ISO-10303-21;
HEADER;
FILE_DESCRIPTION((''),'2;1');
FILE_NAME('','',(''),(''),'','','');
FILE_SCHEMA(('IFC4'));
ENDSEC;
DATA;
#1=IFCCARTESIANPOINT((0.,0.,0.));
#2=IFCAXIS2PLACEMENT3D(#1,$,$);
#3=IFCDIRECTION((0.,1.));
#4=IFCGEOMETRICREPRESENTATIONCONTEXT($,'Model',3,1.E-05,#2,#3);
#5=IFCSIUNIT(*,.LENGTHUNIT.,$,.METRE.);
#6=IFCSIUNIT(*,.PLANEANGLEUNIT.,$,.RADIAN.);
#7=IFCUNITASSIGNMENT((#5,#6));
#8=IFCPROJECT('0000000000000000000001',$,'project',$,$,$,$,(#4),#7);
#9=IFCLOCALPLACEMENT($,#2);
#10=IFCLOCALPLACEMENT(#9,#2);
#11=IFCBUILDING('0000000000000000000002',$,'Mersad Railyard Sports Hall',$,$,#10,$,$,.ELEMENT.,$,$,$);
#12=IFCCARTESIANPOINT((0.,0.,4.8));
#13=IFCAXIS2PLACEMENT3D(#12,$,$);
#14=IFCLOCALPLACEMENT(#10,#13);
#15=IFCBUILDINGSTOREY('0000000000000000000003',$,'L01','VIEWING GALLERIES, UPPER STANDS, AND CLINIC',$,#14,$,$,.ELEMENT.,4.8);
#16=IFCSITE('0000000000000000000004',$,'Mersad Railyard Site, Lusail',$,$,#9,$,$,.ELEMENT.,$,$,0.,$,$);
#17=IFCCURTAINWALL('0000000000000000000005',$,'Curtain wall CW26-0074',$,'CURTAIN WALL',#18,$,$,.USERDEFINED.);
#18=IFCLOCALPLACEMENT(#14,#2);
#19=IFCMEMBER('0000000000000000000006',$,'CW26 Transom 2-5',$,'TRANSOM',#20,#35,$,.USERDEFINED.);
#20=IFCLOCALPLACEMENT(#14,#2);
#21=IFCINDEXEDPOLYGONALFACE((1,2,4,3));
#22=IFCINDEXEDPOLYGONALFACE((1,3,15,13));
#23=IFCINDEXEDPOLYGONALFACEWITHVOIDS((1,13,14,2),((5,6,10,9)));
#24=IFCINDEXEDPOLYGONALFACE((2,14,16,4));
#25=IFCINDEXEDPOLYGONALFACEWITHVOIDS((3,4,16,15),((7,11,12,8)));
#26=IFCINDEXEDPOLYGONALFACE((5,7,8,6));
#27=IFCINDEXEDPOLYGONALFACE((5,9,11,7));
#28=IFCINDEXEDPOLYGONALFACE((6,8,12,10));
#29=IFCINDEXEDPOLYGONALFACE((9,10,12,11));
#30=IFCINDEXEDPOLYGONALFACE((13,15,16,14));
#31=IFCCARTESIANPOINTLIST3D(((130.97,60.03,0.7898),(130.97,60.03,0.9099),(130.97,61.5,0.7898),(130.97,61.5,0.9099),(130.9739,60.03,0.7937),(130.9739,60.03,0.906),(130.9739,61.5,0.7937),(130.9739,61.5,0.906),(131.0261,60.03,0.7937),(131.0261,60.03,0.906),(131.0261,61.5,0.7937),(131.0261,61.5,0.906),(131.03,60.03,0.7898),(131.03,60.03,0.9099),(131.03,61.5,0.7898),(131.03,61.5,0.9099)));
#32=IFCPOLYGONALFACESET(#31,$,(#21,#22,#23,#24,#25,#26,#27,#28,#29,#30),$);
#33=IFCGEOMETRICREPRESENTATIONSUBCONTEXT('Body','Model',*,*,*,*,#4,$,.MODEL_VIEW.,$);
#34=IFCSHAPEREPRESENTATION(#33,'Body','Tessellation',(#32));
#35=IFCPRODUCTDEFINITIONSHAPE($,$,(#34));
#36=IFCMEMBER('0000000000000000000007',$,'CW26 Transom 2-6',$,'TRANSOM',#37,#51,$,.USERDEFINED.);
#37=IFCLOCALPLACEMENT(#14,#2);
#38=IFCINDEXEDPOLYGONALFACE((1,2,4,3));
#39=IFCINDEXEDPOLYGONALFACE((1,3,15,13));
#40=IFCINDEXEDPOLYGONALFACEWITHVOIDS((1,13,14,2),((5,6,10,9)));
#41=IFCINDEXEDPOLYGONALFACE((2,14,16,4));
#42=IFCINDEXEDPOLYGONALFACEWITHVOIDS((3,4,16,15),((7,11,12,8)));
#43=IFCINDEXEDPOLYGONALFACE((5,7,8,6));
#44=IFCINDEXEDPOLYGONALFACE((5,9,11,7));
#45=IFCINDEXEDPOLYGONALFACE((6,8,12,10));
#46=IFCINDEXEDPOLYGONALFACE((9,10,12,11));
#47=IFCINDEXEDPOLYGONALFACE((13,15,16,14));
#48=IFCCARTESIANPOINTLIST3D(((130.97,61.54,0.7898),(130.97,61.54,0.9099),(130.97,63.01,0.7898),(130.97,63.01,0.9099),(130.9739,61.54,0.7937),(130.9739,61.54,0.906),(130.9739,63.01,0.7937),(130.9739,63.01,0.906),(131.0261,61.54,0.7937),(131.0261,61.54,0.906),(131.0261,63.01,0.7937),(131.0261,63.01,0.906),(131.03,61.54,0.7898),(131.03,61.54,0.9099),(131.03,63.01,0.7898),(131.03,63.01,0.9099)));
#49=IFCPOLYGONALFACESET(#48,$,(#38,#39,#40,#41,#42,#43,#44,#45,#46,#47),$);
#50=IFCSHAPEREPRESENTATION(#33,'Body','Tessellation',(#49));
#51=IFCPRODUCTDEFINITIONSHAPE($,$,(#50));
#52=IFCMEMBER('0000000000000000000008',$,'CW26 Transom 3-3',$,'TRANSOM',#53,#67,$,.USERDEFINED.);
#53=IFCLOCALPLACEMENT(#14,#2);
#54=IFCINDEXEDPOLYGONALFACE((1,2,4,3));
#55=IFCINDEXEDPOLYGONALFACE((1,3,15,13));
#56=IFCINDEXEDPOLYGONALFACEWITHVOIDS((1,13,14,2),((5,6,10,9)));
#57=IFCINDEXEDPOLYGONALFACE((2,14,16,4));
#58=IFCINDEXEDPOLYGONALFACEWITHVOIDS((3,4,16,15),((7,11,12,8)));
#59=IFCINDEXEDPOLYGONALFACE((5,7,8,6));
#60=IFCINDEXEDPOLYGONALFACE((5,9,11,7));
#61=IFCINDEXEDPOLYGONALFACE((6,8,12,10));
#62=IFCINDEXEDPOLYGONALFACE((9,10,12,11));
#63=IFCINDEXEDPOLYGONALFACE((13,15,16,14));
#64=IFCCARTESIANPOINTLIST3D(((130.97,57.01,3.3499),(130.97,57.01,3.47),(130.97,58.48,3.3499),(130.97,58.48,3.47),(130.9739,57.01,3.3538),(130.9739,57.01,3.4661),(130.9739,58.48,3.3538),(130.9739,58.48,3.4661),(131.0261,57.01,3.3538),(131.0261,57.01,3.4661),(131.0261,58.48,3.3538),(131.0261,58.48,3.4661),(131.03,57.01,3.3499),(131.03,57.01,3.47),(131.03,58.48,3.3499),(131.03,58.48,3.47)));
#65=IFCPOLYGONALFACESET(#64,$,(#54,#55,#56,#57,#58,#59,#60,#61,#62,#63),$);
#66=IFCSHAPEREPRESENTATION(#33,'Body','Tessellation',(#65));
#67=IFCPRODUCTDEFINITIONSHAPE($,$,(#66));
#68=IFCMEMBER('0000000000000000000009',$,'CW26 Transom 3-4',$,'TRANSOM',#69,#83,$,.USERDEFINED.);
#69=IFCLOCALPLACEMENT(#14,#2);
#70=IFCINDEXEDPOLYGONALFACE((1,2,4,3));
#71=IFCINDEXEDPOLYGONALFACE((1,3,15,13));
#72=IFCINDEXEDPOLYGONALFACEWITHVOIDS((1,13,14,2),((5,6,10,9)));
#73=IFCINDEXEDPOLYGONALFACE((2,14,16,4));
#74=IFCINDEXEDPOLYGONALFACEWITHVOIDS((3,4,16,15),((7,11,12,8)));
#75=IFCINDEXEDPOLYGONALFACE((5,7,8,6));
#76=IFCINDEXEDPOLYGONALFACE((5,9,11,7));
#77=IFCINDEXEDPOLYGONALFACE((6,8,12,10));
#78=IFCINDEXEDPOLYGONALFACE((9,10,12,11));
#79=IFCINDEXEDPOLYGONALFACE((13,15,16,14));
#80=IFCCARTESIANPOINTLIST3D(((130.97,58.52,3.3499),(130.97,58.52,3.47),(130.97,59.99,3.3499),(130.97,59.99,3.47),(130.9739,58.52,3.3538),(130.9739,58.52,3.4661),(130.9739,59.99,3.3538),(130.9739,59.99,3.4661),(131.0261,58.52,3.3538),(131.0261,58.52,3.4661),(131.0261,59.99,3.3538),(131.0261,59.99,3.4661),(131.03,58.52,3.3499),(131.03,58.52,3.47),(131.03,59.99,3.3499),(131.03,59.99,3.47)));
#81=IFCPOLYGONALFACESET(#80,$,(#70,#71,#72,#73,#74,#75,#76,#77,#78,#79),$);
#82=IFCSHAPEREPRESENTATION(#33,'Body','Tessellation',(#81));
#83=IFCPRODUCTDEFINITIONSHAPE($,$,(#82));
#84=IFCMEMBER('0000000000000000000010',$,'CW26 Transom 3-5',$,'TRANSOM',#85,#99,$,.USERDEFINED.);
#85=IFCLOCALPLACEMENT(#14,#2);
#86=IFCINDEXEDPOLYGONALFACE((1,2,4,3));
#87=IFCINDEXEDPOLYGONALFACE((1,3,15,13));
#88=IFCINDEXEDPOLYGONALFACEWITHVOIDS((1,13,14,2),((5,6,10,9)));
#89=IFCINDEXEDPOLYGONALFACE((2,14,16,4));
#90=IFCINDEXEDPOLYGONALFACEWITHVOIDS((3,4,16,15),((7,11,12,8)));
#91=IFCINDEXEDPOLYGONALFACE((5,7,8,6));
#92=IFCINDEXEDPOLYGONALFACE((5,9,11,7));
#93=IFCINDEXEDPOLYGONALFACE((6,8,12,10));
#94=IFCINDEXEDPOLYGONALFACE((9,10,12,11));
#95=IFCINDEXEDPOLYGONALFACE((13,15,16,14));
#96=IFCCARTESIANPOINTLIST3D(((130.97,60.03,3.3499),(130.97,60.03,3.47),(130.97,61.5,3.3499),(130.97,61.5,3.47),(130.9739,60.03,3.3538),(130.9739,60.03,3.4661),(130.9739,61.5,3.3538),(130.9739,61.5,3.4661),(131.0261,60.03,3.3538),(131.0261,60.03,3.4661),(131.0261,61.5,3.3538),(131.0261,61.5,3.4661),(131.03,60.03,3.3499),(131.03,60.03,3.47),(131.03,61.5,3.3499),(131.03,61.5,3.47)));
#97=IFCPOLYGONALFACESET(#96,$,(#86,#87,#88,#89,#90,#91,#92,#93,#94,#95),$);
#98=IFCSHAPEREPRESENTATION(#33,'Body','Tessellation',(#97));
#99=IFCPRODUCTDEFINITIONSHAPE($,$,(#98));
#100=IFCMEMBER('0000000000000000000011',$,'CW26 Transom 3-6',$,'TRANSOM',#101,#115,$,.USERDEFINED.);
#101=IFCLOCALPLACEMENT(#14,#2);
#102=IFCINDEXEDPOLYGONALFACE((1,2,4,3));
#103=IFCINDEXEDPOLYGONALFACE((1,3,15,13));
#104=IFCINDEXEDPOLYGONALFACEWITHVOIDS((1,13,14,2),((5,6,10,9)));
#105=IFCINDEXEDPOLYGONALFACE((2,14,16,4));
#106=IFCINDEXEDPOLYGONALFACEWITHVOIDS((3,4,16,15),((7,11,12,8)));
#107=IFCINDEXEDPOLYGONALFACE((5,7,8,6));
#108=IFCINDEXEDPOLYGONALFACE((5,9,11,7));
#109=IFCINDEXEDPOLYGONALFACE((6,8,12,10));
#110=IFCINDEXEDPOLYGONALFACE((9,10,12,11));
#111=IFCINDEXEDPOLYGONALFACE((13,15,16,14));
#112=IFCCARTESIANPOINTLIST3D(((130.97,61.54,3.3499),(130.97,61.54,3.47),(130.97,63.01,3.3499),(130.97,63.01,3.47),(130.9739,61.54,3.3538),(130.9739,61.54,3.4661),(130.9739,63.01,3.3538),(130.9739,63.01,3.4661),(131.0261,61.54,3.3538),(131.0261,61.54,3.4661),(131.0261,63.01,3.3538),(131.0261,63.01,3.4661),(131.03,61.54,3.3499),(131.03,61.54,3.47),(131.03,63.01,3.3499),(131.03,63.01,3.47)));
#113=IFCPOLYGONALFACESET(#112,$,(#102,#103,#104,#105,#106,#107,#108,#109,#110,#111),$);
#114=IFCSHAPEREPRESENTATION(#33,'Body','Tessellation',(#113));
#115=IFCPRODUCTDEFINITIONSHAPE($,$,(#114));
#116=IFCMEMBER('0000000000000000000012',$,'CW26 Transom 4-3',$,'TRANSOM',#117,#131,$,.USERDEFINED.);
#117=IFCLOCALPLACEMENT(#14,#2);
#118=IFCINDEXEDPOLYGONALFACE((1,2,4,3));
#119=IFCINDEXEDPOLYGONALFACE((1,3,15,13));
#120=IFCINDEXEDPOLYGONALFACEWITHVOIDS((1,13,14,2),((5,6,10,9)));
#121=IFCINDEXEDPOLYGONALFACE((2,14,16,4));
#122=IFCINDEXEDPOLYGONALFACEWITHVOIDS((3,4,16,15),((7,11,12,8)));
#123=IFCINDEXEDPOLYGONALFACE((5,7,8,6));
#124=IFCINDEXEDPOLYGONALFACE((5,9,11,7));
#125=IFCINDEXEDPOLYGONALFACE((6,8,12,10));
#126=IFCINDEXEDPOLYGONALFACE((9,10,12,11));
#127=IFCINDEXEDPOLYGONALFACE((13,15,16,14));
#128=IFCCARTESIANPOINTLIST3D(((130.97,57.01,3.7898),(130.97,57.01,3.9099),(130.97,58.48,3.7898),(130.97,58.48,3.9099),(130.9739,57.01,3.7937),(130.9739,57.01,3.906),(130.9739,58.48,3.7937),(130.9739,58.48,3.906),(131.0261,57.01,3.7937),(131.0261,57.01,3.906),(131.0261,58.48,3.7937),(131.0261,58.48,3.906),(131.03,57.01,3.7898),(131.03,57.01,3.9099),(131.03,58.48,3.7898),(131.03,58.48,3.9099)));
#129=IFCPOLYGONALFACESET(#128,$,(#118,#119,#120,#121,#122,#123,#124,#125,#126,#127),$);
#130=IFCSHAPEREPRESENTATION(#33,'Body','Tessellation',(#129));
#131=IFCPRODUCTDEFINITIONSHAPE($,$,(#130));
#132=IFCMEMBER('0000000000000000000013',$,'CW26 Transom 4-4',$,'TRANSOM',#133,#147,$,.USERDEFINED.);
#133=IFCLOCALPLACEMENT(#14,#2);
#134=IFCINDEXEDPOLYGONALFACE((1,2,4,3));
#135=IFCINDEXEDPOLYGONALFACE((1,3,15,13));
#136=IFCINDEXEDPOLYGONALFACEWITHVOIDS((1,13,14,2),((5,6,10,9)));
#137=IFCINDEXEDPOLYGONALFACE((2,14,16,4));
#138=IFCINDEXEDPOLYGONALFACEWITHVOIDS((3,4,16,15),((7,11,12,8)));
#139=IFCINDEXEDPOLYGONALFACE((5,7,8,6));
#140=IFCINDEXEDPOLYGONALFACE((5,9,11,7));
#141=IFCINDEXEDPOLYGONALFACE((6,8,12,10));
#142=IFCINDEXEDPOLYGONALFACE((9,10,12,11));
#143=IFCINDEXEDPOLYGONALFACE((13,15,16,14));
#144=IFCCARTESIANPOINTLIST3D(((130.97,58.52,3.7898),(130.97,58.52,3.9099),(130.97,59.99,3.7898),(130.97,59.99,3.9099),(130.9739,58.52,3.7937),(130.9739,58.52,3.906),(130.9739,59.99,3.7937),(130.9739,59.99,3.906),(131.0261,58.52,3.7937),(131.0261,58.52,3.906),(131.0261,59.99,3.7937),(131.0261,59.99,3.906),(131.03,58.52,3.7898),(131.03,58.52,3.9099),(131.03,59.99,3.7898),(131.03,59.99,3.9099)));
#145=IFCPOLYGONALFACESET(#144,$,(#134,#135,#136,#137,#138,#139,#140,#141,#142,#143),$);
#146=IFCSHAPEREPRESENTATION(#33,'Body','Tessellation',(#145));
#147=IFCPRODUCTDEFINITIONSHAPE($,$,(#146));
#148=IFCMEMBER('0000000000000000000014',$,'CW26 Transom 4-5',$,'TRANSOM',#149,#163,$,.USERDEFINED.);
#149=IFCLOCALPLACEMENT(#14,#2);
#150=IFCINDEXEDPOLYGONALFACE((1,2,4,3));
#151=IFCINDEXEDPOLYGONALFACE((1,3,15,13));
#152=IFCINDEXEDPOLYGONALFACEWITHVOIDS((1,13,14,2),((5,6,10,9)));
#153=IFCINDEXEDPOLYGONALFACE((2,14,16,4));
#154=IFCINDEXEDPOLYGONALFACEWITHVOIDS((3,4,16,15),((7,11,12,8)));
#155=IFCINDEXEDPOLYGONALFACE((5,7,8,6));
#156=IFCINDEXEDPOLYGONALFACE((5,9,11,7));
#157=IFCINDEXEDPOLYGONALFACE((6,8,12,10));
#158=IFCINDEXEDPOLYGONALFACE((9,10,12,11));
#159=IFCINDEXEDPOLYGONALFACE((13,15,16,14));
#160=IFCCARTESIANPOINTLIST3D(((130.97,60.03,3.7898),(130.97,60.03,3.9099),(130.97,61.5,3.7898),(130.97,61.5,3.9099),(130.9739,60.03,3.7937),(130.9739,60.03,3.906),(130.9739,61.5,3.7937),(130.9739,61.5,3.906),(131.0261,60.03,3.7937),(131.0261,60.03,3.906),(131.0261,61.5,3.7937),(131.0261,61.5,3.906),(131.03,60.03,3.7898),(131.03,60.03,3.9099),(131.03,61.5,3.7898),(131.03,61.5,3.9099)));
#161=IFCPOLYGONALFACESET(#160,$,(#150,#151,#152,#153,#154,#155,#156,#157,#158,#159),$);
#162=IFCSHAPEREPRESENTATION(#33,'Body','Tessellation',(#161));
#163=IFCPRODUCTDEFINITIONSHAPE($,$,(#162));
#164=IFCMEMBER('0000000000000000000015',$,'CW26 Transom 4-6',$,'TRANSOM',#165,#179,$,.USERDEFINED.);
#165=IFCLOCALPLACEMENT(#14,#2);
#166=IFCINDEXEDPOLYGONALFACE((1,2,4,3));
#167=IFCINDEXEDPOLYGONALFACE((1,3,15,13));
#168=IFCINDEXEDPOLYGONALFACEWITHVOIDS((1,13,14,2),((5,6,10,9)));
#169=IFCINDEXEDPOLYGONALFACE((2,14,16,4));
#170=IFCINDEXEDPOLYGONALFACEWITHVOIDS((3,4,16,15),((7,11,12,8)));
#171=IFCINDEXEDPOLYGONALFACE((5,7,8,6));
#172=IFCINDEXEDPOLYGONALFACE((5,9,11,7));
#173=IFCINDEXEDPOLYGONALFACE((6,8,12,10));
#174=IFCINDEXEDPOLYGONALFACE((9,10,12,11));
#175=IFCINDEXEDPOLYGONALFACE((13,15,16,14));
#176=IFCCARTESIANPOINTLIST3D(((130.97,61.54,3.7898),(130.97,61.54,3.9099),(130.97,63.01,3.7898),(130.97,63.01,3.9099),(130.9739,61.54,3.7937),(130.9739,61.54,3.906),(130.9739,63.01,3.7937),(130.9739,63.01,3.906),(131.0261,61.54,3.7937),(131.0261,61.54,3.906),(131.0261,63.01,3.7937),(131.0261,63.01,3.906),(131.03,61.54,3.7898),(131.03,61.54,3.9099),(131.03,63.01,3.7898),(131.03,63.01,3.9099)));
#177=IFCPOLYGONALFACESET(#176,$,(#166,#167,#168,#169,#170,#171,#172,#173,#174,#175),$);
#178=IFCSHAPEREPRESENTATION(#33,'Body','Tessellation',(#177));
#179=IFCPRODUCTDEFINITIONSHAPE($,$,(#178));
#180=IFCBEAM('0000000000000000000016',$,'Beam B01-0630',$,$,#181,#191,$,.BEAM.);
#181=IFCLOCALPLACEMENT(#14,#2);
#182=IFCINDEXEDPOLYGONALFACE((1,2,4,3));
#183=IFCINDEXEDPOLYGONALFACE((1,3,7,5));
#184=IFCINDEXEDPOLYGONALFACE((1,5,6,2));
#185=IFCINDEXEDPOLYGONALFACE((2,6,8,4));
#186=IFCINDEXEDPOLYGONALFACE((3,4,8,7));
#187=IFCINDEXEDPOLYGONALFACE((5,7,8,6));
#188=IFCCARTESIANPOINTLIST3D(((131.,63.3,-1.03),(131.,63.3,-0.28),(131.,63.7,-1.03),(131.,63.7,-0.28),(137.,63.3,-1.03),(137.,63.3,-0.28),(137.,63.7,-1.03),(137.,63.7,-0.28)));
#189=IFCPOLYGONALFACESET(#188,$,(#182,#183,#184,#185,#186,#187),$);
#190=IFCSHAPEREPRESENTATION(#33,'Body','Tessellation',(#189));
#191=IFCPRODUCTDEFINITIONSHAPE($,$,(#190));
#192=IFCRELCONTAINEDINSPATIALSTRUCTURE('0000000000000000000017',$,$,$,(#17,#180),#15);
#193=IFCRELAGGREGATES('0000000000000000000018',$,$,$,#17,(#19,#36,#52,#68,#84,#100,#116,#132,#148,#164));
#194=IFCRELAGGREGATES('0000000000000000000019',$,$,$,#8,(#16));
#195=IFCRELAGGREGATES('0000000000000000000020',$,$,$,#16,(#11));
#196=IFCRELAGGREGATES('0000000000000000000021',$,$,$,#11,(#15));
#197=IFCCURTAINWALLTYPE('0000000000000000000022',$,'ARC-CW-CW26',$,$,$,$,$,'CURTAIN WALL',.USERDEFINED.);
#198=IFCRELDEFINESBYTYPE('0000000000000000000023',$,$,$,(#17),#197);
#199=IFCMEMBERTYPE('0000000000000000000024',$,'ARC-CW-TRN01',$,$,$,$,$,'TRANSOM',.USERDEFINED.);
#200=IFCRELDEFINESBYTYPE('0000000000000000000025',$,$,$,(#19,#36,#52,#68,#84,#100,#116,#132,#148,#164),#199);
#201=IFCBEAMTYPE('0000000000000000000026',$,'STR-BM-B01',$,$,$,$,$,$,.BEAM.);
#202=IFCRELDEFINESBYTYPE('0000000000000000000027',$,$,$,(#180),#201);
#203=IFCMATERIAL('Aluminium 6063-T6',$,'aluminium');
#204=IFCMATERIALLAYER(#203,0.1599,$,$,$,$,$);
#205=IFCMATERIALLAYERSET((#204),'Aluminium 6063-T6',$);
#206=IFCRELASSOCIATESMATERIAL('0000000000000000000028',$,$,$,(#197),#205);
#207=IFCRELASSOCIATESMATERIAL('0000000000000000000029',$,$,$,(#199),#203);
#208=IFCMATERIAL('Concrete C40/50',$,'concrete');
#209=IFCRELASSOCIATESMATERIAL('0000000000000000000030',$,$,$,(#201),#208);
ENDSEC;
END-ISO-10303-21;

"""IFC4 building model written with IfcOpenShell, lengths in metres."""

from ifc_helpers import new_model, si_unit, direction, frame, origin, origin_2d, place, context, subcontext, project, spatial, rectangle, hollow_rectangle, extrude, material, layer, layer_set, material_profile, profile_set, type_object, element, aggregate, save


model = new_model("IFC4")

# Units and contexts
model_context = context("Model", 3, precision=1e-05, world=origin(), true_north=direction((0.0, 1.0)))
body_context = subcontext(model_context, "Body", "Model", "MODEL_VIEW")
ifc_project = project(units=[si_unit("LENGTHUNIT", "METRE"), si_unit("PLANEANGLEUNIT", "RADIAN")], contexts=[model_context])

# Site, building, storey
site_placement = place(None, origin())
site = spatial("IfcSite", under=ifc_project, at=site_placement, Name="Mersad Railyard Site, Lusail", CompositionType="ELEMENT", RefElevation=0.0)
building_placement = place(site_placement, origin())
building = spatial("IfcBuilding", under=site, at=building_placement, Name="Mersad Railyard Sports Hall", CompositionType="ELEMENT")
storey_placement = place(building_placement, frame((0.0, 0.0, 4.8)))
storey = spatial("IfcBuildingStorey", under=building, at=storey_placement, Name="L01", Description="VIEWING GALLERIES, UPPER STANDS, AND CLINIC", CompositionType="ELEMENT", Elevation=4.8)

# Curtain wall
ifc_material_1 = material(Name="Aluminium 6063-T6", Category="aluminium")
ifc_layer_1 = layer(ifc_material_1, 0.1599)
ifc_layer_set_1 = layer_set([ifc_layer_1], Name="Aluminium 6063-T6")
curtain_wall_type_1 = type_object("IfcCurtainWallType", Name="ARC-CW-CW26", ElementType="CURTAIN WALL", PredefinedType="USERDEFINED", material=ifc_layer_set_1)
curtain_wall_1_placement = place(storey_placement, origin())
curtain_wall_1 = element("IfcCurtainWall", 1, at=curtain_wall_1_placement, inside=storey, type_object=curtain_wall_type_1, Name="Curtain wall CW26-0074", ObjectType="CURTAIN WALL", PredefinedType="USERDEFINED")

# Members
ifc_material_profile_1 = material_profile(ifc_material_1, hollow_rectangle(XDim=0.0601, YDim=0.1201, WallThickness=0.0039, at=origin_2d()), Name="AL TRANSOM 60x120x4")
ifc_profile_set_1 = profile_set([ifc_material_profile_1], Name="Aluminium 6063-T6")
member_type_1 = type_object("IfcMemberType", Name="ARC-CW-TRN01", ElementType="TRANSOM", PredefinedType="USERDEFINED", material=ifc_profile_set_1)
member_1_placement = place(storey_placement, frame((131.0, 60.03, 0.8499), z_axis=(0.0, 1.0, 0.0), x_axis=(-1.0, 0.0, 0.0)))
member_1 = element("IfcMember", 2, at=member_1_placement, type_object=member_type_1, Name="CW26 Transom 2-5", ObjectType="TRANSOM", PredefinedType="USERDEFINED", context=body_context, shape_type="SweptSolid", body=[
    extrude(hollow_rectangle(XDim=0.0601, YDim=0.1201, WallThickness=0.0039, at=origin_2d()), origin(), (0.0, 0.0, 1.0), 1.47),
])
member_2_placement = place(storey_placement, frame((131.0, 61.54, 0.8499), z_axis=(0.0, 1.0, 0.0), x_axis=(-1.0, 0.0, 0.0)))
member_2 = element("IfcMember", 3, at=member_2_placement, type_object=member_type_1, Name="CW26 Transom 2-6", ObjectType="TRANSOM", PredefinedType="USERDEFINED", context=body_context, shape_type="SweptSolid", body=[
    extrude(hollow_rectangle(XDim=0.0601, YDim=0.1201, WallThickness=0.0039, at=origin_2d()), origin(), (0.0, 0.0, 1.0), 1.47),
])
member_3_placement = place(storey_placement, frame((131.0, 57.01, 3.4099), z_axis=(0.0, 1.0, 0.0), x_axis=(-1.0, 0.0, 0.0)))
member_3 = element("IfcMember", 4, at=member_3_placement, type_object=member_type_1, Name="CW26 Transom 3-3", ObjectType="TRANSOM", PredefinedType="USERDEFINED", context=body_context, shape_type="SweptSolid", body=[
    extrude(hollow_rectangle(XDim=0.0601, YDim=0.1201, WallThickness=0.0039, at=origin_2d()), origin(), (0.0, 0.0, 1.0), 1.47),
])
member_4_placement = place(storey_placement, frame((131.0, 58.52, 3.4099), z_axis=(0.0, 1.0, 0.0), x_axis=(-1.0, 0.0, 0.0)))
member_4 = element("IfcMember", 5, at=member_4_placement, type_object=member_type_1, Name="CW26 Transom 3-4", ObjectType="TRANSOM", PredefinedType="USERDEFINED", context=body_context, shape_type="SweptSolid", body=[
    extrude(hollow_rectangle(XDim=0.0601, YDim=0.1201, WallThickness=0.0039, at=origin_2d()), origin(), (0.0, 0.0, 1.0), 1.47),
])
member_5_placement = place(storey_placement, frame((131.0, 60.03, 3.4099), z_axis=(0.0, 1.0, 0.0), x_axis=(-1.0, 0.0, 0.0)))
member_5 = element("IfcMember", 6, at=member_5_placement, type_object=member_type_1, Name="CW26 Transom 3-5", ObjectType="TRANSOM", PredefinedType="USERDEFINED", context=body_context, shape_type="SweptSolid", body=[
    extrude(hollow_rectangle(XDim=0.0601, YDim=0.1201, WallThickness=0.0039, at=origin_2d()), origin(), (0.0, 0.0, 1.0), 1.47),
])
member_6_placement = place(storey_placement, frame((131.0, 61.54, 3.4099), z_axis=(0.0, 1.0, 0.0), x_axis=(-1.0, 0.0, 0.0)))
member_6 = element("IfcMember", 7, at=member_6_placement, type_object=member_type_1, Name="CW26 Transom 3-6", ObjectType="TRANSOM", PredefinedType="USERDEFINED", context=body_context, shape_type="SweptSolid", body=[
    extrude(hollow_rectangle(XDim=0.0601, YDim=0.1201, WallThickness=0.0039, at=origin_2d()), origin(), (0.0, 0.0, 1.0), 1.47),
])
member_7_placement = place(storey_placement, frame((131.0, 57.01, 3.8499), z_axis=(0.0, 1.0, 0.0), x_axis=(-1.0, 0.0, 0.0)))
member_7 = element("IfcMember", 8, at=member_7_placement, type_object=member_type_1, Name="CW26 Transom 4-3", ObjectType="TRANSOM", PredefinedType="USERDEFINED", context=body_context, shape_type="SweptSolid", body=[
    extrude(hollow_rectangle(XDim=0.0601, YDim=0.1201, WallThickness=0.0039, at=origin_2d()), origin(), (0.0, 0.0, 1.0), 1.47),
])
member_8_placement = place(storey_placement, frame((131.0, 58.52, 3.8499), z_axis=(0.0, 1.0, 0.0), x_axis=(-1.0, 0.0, 0.0)))
member_8 = element("IfcMember", 9, at=member_8_placement, type_object=member_type_1, Name="CW26 Transom 4-4", ObjectType="TRANSOM", PredefinedType="USERDEFINED", context=body_context, shape_type="SweptSolid", body=[
    extrude(hollow_rectangle(XDim=0.0601, YDim=0.1201, WallThickness=0.0039, at=origin_2d()), origin(), (0.0, 0.0, 1.0), 1.47),
])
member_9_placement = place(storey_placement, frame((131.0, 60.03, 3.8499), z_axis=(0.0, 1.0, 0.0), x_axis=(-1.0, 0.0, 0.0)))
member_9 = element("IfcMember", 10, at=member_9_placement, type_object=member_type_1, Name="CW26 Transom 4-5", ObjectType="TRANSOM", PredefinedType="USERDEFINED", context=body_context, shape_type="SweptSolid", body=[
    extrude(hollow_rectangle(XDim=0.0601, YDim=0.1201, WallThickness=0.0039, at=origin_2d()), origin(), (0.0, 0.0, 1.0), 1.47),
])
member_10_placement = place(storey_placement, frame((131.0, 61.54, 3.8499), z_axis=(0.0, 1.0, 0.0), x_axis=(-1.0, 0.0, 0.0)))
member_10 = element("IfcMember", 11, at=member_10_placement, type_object=member_type_1, Name="CW26 Transom 4-6", ObjectType="TRANSOM", PredefinedType="USERDEFINED", context=body_context, shape_type="SweptSolid", body=[
    extrude(hollow_rectangle(XDim=0.0601, YDim=0.1201, WallThickness=0.0039, at=origin_2d()), origin(), (0.0, 0.0, 1.0), 1.47),
])

# Beam
ifc_material_2 = material(Name="Concrete C40/50", Category="concrete")
ifc_material_profile_2 = material_profile(ifc_material_2, rectangle(XDim=0.3999, YDim=0.75, at=origin_2d()), Name="RC 400x750")
ifc_profile_set_2 = profile_set([ifc_material_profile_2], Name="Concrete C40/50")
beam_type_1 = type_object("IfcBeamType", Name="STR-BM-B01", PredefinedType="BEAM", material=ifc_profile_set_2)
beam_1_placement = place(storey_placement, frame((131.0, 63.5, -0.655), z_axis=(1.0, 0.0, 0.0), x_axis=(0.0, 1.0, 0.0)))
element("IfcBeam", 12, at=beam_1_placement, inside=storey, type_object=beam_type_1, Name="Beam B01-0630", PredefinedType="BEAM", context=body_context, shape_type="SweptSolid", body=[
    extrude(rectangle(XDim=0.3999, YDim=0.75, at=origin_2d()), origin(), (0.0, 0.0, 1.0), 6.0),
])

aggregate(curtain_wall_1, [member_1, member_2, member_3, member_4, member_5, member_6, member_7, member_8, member_9, member_10])

save(model, "model.ifc")
